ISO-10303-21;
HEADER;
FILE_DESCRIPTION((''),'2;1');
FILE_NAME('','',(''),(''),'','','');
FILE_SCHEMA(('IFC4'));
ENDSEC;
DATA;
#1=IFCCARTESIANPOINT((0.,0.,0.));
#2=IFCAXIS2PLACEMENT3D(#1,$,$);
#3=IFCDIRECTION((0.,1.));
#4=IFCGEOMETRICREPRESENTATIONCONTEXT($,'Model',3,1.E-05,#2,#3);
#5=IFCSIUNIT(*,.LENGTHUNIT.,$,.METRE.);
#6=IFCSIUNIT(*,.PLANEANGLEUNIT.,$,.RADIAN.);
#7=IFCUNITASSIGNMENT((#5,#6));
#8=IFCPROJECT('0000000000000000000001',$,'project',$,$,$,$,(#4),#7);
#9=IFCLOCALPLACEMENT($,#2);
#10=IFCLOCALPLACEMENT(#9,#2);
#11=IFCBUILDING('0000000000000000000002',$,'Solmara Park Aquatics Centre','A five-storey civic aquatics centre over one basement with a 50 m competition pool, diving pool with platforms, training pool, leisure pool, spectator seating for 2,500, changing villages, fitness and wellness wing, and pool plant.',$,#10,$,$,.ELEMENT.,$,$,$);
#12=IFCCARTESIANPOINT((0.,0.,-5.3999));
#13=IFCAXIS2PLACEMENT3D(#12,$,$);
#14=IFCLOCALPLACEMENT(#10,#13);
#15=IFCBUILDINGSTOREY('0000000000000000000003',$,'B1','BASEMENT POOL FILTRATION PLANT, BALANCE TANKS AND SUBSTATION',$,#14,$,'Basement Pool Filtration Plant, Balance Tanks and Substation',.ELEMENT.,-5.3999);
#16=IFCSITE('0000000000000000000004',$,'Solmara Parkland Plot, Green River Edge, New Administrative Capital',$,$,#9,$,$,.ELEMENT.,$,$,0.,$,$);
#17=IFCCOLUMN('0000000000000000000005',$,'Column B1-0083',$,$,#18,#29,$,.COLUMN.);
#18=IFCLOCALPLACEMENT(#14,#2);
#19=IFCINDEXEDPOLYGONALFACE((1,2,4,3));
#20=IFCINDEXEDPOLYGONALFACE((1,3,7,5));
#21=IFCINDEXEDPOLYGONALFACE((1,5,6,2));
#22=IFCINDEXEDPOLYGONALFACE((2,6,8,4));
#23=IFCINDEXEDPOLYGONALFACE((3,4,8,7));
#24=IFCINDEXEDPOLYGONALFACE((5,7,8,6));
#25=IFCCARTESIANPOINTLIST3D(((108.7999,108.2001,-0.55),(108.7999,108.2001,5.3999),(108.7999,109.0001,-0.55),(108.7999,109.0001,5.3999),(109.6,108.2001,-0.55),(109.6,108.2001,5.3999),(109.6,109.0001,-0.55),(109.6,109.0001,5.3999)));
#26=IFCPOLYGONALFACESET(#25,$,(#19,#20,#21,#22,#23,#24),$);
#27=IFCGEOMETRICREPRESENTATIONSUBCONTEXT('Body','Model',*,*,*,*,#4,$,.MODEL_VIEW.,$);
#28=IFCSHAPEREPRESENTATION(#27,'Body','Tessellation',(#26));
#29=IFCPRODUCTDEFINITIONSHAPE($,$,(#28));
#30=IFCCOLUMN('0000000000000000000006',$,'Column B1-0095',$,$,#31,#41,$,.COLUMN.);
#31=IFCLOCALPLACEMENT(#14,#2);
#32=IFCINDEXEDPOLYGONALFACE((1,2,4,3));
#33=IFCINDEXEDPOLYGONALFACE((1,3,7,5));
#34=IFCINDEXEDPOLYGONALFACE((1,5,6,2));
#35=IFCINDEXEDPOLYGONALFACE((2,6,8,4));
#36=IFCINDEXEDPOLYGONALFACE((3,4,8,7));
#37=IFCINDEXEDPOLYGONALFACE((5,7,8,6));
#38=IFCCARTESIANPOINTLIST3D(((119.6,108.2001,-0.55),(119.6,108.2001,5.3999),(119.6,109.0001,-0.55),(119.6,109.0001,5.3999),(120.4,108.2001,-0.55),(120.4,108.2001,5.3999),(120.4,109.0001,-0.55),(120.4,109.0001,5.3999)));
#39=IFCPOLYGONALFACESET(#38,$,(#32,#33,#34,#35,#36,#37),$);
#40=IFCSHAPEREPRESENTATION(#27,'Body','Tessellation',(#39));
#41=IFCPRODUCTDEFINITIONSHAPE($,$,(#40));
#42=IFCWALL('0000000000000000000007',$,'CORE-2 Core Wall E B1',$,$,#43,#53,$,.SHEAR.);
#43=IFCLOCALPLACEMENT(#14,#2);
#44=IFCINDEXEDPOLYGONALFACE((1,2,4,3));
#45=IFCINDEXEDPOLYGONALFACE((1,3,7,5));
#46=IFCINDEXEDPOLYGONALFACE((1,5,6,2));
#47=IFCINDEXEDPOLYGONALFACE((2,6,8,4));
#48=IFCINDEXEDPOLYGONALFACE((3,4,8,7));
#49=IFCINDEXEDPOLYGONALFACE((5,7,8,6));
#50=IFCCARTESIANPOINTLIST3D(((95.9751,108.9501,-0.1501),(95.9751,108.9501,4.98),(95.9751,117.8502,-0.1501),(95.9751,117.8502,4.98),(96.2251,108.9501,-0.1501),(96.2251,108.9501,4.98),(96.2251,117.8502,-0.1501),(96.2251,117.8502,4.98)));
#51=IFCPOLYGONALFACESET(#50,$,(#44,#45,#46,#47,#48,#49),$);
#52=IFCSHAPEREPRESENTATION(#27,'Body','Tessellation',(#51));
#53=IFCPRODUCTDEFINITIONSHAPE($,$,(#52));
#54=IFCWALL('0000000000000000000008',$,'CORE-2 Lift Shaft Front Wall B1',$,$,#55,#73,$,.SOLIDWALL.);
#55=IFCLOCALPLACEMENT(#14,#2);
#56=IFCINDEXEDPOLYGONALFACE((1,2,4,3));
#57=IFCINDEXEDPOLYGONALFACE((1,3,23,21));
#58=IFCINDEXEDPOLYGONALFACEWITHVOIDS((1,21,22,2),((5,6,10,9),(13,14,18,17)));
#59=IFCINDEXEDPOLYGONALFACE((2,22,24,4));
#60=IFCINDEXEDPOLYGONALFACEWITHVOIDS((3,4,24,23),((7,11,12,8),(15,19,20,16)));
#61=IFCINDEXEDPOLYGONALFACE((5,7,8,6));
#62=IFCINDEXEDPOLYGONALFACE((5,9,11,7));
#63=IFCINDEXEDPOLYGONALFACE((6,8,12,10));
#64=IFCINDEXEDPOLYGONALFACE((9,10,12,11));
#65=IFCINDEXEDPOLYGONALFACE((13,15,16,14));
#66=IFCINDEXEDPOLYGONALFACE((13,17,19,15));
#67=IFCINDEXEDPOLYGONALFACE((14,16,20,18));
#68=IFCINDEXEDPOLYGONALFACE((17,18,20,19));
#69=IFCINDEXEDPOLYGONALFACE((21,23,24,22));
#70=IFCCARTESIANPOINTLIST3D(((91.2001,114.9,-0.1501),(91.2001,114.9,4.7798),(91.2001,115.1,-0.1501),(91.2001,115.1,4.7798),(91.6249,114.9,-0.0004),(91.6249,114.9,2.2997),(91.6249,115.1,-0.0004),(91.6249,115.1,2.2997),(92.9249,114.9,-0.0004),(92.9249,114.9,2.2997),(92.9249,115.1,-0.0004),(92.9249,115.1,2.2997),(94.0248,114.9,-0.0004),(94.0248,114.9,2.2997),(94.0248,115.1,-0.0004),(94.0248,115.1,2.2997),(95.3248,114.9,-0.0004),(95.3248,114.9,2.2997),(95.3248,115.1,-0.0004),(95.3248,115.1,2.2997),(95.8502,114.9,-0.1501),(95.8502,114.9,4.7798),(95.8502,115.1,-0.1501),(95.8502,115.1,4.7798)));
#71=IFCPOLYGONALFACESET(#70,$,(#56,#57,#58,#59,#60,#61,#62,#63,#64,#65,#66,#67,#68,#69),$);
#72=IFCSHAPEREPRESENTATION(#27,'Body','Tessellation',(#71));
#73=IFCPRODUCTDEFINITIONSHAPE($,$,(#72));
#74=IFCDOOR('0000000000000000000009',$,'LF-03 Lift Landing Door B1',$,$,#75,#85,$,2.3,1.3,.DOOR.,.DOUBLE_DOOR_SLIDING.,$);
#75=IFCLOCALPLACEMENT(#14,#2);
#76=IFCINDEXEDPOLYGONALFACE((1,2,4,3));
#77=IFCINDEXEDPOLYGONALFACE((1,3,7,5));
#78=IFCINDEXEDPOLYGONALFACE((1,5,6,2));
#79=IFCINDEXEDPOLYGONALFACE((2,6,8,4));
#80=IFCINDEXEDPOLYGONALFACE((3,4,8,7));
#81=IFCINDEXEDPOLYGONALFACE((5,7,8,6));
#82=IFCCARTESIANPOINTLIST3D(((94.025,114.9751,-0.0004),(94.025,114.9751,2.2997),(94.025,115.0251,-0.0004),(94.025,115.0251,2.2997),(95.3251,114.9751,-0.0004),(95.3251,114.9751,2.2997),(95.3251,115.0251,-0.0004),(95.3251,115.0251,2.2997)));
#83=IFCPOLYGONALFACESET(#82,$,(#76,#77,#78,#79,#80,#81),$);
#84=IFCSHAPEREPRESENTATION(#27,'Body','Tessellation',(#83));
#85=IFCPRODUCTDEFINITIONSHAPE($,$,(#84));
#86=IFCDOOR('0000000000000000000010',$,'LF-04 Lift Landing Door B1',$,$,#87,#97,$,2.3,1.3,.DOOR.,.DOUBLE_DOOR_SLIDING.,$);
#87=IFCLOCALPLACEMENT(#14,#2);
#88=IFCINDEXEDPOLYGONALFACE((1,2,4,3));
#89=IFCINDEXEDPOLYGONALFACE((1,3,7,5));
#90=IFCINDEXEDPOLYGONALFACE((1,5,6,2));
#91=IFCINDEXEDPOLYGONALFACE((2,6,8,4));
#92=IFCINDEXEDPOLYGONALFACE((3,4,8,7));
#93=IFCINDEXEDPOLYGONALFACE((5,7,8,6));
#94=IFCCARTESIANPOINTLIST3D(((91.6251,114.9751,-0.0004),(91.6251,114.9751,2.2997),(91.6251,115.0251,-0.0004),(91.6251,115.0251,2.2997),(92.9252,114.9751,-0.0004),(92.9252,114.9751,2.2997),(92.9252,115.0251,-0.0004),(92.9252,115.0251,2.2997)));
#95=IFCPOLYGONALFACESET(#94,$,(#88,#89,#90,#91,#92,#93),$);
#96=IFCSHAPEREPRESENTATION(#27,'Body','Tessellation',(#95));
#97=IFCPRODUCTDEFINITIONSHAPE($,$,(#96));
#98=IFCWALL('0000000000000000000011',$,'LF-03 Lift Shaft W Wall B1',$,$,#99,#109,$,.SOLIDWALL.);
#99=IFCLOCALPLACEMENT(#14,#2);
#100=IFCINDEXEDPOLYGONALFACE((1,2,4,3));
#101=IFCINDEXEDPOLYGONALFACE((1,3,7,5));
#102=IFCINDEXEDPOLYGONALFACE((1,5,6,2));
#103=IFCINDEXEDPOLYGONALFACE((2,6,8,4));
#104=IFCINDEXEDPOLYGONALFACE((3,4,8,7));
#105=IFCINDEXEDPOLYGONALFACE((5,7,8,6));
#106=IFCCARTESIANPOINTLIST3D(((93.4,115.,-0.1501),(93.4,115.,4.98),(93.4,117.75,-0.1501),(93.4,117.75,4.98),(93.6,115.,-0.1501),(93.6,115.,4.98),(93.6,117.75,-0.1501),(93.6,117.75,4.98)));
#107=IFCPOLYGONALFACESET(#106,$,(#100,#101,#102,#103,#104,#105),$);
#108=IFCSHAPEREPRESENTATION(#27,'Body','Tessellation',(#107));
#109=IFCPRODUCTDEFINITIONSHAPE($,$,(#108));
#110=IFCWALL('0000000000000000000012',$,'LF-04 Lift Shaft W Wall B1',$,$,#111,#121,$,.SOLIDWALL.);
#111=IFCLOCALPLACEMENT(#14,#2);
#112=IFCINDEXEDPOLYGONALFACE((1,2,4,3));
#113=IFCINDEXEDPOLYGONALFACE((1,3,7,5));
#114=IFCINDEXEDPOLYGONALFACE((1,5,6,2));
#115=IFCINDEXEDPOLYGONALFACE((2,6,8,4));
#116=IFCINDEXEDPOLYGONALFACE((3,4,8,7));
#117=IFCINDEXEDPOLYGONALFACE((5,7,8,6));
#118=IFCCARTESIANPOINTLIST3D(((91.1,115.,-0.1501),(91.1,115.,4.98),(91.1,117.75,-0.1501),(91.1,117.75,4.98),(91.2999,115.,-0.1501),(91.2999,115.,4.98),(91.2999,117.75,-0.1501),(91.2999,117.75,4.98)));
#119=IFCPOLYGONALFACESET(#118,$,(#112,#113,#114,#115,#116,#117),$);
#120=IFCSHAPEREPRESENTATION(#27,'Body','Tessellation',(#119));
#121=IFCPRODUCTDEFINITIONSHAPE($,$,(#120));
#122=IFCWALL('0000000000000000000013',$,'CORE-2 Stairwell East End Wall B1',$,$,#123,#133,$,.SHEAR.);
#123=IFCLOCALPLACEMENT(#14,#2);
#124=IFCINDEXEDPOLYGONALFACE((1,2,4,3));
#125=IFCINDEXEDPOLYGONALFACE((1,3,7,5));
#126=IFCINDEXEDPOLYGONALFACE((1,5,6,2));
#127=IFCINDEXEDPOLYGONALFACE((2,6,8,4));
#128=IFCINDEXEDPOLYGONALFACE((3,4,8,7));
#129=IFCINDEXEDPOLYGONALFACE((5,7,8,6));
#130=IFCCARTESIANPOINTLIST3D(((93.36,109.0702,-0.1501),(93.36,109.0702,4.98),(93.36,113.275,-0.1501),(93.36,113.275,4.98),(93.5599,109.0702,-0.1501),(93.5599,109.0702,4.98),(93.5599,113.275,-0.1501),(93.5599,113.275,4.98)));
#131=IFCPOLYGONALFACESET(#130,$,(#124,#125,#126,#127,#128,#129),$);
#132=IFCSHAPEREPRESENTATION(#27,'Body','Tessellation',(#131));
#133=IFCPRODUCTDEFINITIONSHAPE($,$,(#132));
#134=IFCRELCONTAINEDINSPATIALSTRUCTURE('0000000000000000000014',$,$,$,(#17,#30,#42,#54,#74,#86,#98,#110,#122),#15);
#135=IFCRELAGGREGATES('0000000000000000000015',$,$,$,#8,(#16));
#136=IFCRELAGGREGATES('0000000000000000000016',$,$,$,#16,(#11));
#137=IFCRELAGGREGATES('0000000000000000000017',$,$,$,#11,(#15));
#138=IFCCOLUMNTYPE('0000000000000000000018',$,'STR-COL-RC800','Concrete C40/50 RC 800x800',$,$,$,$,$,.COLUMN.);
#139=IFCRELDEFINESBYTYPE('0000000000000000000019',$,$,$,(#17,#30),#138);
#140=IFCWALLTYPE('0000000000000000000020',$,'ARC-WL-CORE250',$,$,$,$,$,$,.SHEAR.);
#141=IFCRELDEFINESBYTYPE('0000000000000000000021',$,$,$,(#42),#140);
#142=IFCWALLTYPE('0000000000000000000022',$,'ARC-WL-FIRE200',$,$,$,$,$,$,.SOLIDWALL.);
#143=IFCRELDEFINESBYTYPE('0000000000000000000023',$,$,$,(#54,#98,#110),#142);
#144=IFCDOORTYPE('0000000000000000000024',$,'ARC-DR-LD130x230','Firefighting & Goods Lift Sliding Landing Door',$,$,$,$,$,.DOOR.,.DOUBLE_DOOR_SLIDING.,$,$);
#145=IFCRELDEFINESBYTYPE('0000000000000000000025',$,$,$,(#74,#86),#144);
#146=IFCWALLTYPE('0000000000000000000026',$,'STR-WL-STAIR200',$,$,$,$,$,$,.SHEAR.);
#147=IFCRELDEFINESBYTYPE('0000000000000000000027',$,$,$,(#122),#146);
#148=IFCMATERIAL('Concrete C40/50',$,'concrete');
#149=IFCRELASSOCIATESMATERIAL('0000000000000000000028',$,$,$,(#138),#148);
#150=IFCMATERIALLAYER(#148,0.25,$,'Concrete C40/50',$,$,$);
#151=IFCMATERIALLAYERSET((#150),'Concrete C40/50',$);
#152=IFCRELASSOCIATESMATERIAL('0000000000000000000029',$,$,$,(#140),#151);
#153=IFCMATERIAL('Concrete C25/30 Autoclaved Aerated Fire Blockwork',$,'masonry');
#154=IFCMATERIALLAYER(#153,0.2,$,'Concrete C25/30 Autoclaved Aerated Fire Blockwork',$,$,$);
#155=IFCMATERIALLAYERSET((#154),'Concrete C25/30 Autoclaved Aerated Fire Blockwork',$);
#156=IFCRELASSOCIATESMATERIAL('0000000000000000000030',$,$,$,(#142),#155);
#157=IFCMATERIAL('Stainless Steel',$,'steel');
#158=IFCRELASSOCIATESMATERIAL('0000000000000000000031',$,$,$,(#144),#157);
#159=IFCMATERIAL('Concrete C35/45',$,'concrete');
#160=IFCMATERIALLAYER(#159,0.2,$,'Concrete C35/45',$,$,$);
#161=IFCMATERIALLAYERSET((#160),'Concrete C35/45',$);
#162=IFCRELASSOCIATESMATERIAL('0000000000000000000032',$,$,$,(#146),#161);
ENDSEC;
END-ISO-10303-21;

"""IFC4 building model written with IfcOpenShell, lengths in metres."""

from ifc_helpers import new_model, si_unit, direction, frame, frame_2d, origin, origin_2d, place, context, subcontext, project, spatial, rectangle, extrude, material, layer, layer_set, material_profile, profile_set, type_object, element, fill, save


model = new_model("IFC4")

# Units and contexts
model_context = context("Model", 3, precision=1e-05, world=origin(), true_north=direction((0.0, 1.0)))
body_context = subcontext(model_context, "Body", "Model", "MODEL_VIEW")
ifc_project = project(units=[si_unit("LENGTHUNIT", "METRE"), si_unit("PLANEANGLEUNIT", "RADIAN")], contexts=[model_context])

# Site, building, storey
site_placement = place(None, origin())
site = spatial("IfcSite", under=ifc_project, at=site_placement, Name="Solmara Parkland Plot, Green River Edge, New Administrative Capital", CompositionType="ELEMENT", RefElevation=0.0)
building_placement = place(site_placement, origin())
building = spatial("IfcBuilding", under=site, at=building_placement, Name="Solmara Park Aquatics Centre", Description="A five-storey civic aquatics centre over one basement with a 50 m competition pool, diving pool with platforms, training pool, leisure pool, spectator seating for 2,500, changing villages, fitness and wellness wing, and pool plant.", CompositionType="ELEMENT")
storey_placement = place(building_placement, frame((0.0, 0.0, -5.3999)))
storey = spatial("IfcBuildingStorey", under=building, at=storey_placement, Name="B1", Description="BASEMENT POOL FILTRATION PLANT, BALANCE TANKS AND SUBSTATION", LongName="Basement Pool Filtration Plant, Balance Tanks and Substation", CompositionType="ELEMENT", Elevation=-5.3999)

# Columns
ifc_material_1 = material(Name="Concrete C40/50", Category="concrete")
ifc_material_profile_1 = material_profile(ifc_material_1, rectangle(XDim=0.8, YDim=0.8, at=origin_2d()), Name="RC 800x800")
ifc_profile_set_1 = profile_set([ifc_material_profile_1], Name="Concrete C40/50")
column_type = type_object("IfcColumnType", Name="STR-COL-RC800", Description="Concrete C40/50 RC 800x800", PredefinedType="COLUMN", material=ifc_profile_set_1)
for number, where, z_axis, x_axis, name in (
    (1, (109.2, 108.6001, -0.55), (0.0, 0.0, 1.0), (1.0, 0.0, 0.0), "Column B1-0083"),
    (2, (120.0, 108.6001, -0.55), (0.0, 0.0, 1.0), (1.0, 0.0, 0.0), "Column B1-0095"),
):
    element("IfcColumn", number, at=place(storey_placement, frame(where, z_axis=z_axis, x_axis=x_axis)), inside=storey, type_object=column_type, Name=name, PredefinedType="COLUMN", context=body_context, shape_type="SweptSolid", body=[
        extrude(rectangle(XDim=0.8, YDim=0.8, at=origin_2d()), origin(), (0.0, 0.0, 1.0), 5.95),
    ])

# Wall
ifc_layer_1 = layer(ifc_material_1, 0.25, Name="Concrete C40/50")
ifc_layer_set_1 = layer_set([ifc_layer_1], Name="Concrete C40/50")
wall_type_1 = type_object("IfcWallType", Name="ARC-WL-CORE250", PredefinedType="SHEAR", material=ifc_layer_set_1)
wall_1_placement = place(storey_placement, frame((96.1001, 108.95, -0.1501), z_axis=(0.0, 0.0, 1.0), x_axis=(0.0, 1.0, 0.0)))
element("IfcWall", 3, at=wall_1_placement, inside=storey, type_object=wall_type_1, Name="CORE-2 Core Wall E B1", PredefinedType="SHEAR", context=body_context, shape_type="SweptSolid", body=[
    extrude(rectangle(XDim=8.9001, YDim=0.25, at=frame_2d((4.4502, 0.0))), origin(), (0.0, 0.0, 1.0), 5.1301),
])

# Wall, openings, doors
ifc_material_2 = material(Name="Concrete C25/30 Autoclaved Aerated Fire Blockwork", Category="masonry")
ifc_layer_2 = layer(ifc_material_2, 0.2, Name="Concrete C25/30 Autoclaved Aerated Fire Blockwork")
ifc_layer_set_2 = layer_set([ifc_layer_2], Name="Concrete C25/30 Autoclaved Aerated Fire Blockwork")
wall_type_2 = type_object("IfcWallType", Name="ARC-WL-FIRE200", PredefinedType="SOLIDWALL", material=ifc_layer_set_2)
wall_2_placement = place(storey_placement, frame((91.2, 115.0, -0.1501), z_axis=(0.0, 0.0, 1.0), x_axis=(1.0, 0.0, 0.0)))
wall_2 = element("IfcWall", 4, at=wall_2_placement, inside=storey, type_object=wall_type_2, Name="CORE-2 Lift Shaft Front Wall B1", PredefinedType="SOLIDWALL", context=body_context, shape_type="SweptSolid", body=[
    extrude(rectangle(XDim=4.6501, YDim=0.2, at=frame_2d((2.3252, 0.0))), origin(), (0.0, 0.0, 1.0), 4.9299),
])
opening_1_placement = place(wall_2_placement, frame((2.825, 0.0, 0.1499)))
opening_1 = element("IfcOpeningElement", 5, at=opening_1_placement, cuts=wall_2, PredefinedType="OPENING", context=body_context, shape_type="SweptSolid", body=[
    extrude(rectangle(XDim=1.3, YDim=2.3, at=frame_2d((0.6499, 1.1499))), frame((0.0, 0.1099, 0.0), z_axis=(0.0, -1.0, 0.0), x_axis=(1.0, 0.0, 0.0)), (0.0, 0.0, 1.0), 0.22),
])
opening_2_placement = place(wall_2_placement, frame((0.425, 0.0, 0.1499)))
opening_2 = element("IfcOpeningElement", 6, at=opening_2_placement, cuts=wall_2, PredefinedType="OPENING", context=body_context, shape_type="SweptSolid", body=[
    extrude(rectangle(XDim=1.3, YDim=2.3, at=frame_2d((0.6499, 1.1499))), frame((0.0, 0.1099, 0.0), z_axis=(0.0, -1.0, 0.0), x_axis=(1.0, 0.0, 0.0)), (0.0, 0.0, 1.0), 0.22),
])
ifc_material_3 = material(Name="Stainless Steel", Category="steel")
door_type = type_object("IfcDoorType", Name="ARC-DR-LD130x230", Description="Firefighting & Goods Lift Sliding Landing Door", OperationType="DOUBLE_DOOR_SLIDING", PredefinedType="DOOR", material=ifc_material_3)
door_1_placement = place(opening_1_placement, frame((1.3, 0.0, 0.0), z_axis=(0.0, 0.0, 1.0), x_axis=(-1.0, 0.0, 0.0)))
door_1 = element("IfcDoor", 7, at=door_1_placement, inside=storey, type_object=door_type, Name="LF-03 Lift Landing Door B1", OperationType="DOUBLE_DOOR_SLIDING", OverallHeight=2.3, OverallWidth=1.3, PredefinedType="DOOR", context=body_context, shape_type="SweptSolid", body=[
    extrude(rectangle(XDim=1.3, YDim=2.3, at=frame_2d((0.6499, 1.1499))), frame((0.0, 0.0249, 0.0), z_axis=(0.0, -1.0, 0.0), x_axis=(1.0, 0.0, 0.0)), (0.0, 0.0, 1.0), 0.05),
])
fill(opening_1, door_1)
door_2_placement = place(opening_2_placement, frame((1.3, 0.0, 0.0), z_axis=(0.0, 0.0, 1.0), x_axis=(-1.0, 0.0, 0.0)))
door_2 = element("IfcDoor", 8, at=door_2_placement, inside=storey, type_object=door_type, Name="LF-04 Lift Landing Door B1", OperationType="DOUBLE_DOOR_SLIDING", OverallHeight=2.3, OverallWidth=1.3, PredefinedType="DOOR", context=body_context, shape_type="SweptSolid", body=[
    extrude(rectangle(XDim=1.3, YDim=2.3, at=frame_2d((0.6499, 1.1499))), frame((0.0, 0.0249, 0.0), z_axis=(0.0, -1.0, 0.0), x_axis=(1.0, 0.0, 0.0)), (0.0, 0.0, 1.0), 0.05),
])
fill(opening_2, door_2)

# Walls
for number, where, z_axis, x_axis, name in (
    (9, (93.5, 115.0, -0.1501), (0.0, 0.0, 1.0), (0.0, 1.0, 0.0), "LF-03 Lift Shaft W Wall B1"),
    (10, (91.2, 115.0, -0.1501), (0.0, 0.0, 1.0), (0.0, 1.0, 0.0), "LF-04 Lift Shaft W Wall B1"),
):
    element("IfcWall", number, at=place(storey_placement, frame(where, z_axis=z_axis, x_axis=x_axis)), inside=storey, type_object=wall_type_2, Name=name, PredefinedType="SOLIDWALL", context=body_context, shape_type="SweptSolid", body=[
        extrude(rectangle(XDim=2.75, YDim=0.2, at=frame_2d((1.375, 0.0))), origin(), (0.0, 0.0, 1.0), 5.1301),
    ])
ifc_material_4 = material(Name="Concrete C35/45", Category="concrete")
ifc_layer_3 = layer(ifc_material_4, 0.2, Name="Concrete C35/45")
ifc_layer_set_3 = layer_set([ifc_layer_3], Name="Concrete C35/45")
wall_type_3 = type_object("IfcWallType", Name="STR-WL-STAIR200", PredefinedType="SHEAR", material=ifc_layer_set_3)
wall_3_placement = place(storey_placement, frame((93.46, 109.0701, -0.1501), z_axis=(0.0, 0.0, 1.0), x_axis=(0.0, 1.0, 0.0)))
element("IfcWall", 11, at=wall_3_placement, inside=storey, type_object=wall_type_3, Name="CORE-2 Stairwell East End Wall B1", PredefinedType="SHEAR", context=body_context, shape_type="SweptSolid", body=[
    extrude(rectangle(XDim=4.2048, YDim=0.2, at=frame_2d((2.1025, 0.0))), origin(), (0.0, 0.0, 1.0), 5.1301),
])

save(model, "model.ifc")
